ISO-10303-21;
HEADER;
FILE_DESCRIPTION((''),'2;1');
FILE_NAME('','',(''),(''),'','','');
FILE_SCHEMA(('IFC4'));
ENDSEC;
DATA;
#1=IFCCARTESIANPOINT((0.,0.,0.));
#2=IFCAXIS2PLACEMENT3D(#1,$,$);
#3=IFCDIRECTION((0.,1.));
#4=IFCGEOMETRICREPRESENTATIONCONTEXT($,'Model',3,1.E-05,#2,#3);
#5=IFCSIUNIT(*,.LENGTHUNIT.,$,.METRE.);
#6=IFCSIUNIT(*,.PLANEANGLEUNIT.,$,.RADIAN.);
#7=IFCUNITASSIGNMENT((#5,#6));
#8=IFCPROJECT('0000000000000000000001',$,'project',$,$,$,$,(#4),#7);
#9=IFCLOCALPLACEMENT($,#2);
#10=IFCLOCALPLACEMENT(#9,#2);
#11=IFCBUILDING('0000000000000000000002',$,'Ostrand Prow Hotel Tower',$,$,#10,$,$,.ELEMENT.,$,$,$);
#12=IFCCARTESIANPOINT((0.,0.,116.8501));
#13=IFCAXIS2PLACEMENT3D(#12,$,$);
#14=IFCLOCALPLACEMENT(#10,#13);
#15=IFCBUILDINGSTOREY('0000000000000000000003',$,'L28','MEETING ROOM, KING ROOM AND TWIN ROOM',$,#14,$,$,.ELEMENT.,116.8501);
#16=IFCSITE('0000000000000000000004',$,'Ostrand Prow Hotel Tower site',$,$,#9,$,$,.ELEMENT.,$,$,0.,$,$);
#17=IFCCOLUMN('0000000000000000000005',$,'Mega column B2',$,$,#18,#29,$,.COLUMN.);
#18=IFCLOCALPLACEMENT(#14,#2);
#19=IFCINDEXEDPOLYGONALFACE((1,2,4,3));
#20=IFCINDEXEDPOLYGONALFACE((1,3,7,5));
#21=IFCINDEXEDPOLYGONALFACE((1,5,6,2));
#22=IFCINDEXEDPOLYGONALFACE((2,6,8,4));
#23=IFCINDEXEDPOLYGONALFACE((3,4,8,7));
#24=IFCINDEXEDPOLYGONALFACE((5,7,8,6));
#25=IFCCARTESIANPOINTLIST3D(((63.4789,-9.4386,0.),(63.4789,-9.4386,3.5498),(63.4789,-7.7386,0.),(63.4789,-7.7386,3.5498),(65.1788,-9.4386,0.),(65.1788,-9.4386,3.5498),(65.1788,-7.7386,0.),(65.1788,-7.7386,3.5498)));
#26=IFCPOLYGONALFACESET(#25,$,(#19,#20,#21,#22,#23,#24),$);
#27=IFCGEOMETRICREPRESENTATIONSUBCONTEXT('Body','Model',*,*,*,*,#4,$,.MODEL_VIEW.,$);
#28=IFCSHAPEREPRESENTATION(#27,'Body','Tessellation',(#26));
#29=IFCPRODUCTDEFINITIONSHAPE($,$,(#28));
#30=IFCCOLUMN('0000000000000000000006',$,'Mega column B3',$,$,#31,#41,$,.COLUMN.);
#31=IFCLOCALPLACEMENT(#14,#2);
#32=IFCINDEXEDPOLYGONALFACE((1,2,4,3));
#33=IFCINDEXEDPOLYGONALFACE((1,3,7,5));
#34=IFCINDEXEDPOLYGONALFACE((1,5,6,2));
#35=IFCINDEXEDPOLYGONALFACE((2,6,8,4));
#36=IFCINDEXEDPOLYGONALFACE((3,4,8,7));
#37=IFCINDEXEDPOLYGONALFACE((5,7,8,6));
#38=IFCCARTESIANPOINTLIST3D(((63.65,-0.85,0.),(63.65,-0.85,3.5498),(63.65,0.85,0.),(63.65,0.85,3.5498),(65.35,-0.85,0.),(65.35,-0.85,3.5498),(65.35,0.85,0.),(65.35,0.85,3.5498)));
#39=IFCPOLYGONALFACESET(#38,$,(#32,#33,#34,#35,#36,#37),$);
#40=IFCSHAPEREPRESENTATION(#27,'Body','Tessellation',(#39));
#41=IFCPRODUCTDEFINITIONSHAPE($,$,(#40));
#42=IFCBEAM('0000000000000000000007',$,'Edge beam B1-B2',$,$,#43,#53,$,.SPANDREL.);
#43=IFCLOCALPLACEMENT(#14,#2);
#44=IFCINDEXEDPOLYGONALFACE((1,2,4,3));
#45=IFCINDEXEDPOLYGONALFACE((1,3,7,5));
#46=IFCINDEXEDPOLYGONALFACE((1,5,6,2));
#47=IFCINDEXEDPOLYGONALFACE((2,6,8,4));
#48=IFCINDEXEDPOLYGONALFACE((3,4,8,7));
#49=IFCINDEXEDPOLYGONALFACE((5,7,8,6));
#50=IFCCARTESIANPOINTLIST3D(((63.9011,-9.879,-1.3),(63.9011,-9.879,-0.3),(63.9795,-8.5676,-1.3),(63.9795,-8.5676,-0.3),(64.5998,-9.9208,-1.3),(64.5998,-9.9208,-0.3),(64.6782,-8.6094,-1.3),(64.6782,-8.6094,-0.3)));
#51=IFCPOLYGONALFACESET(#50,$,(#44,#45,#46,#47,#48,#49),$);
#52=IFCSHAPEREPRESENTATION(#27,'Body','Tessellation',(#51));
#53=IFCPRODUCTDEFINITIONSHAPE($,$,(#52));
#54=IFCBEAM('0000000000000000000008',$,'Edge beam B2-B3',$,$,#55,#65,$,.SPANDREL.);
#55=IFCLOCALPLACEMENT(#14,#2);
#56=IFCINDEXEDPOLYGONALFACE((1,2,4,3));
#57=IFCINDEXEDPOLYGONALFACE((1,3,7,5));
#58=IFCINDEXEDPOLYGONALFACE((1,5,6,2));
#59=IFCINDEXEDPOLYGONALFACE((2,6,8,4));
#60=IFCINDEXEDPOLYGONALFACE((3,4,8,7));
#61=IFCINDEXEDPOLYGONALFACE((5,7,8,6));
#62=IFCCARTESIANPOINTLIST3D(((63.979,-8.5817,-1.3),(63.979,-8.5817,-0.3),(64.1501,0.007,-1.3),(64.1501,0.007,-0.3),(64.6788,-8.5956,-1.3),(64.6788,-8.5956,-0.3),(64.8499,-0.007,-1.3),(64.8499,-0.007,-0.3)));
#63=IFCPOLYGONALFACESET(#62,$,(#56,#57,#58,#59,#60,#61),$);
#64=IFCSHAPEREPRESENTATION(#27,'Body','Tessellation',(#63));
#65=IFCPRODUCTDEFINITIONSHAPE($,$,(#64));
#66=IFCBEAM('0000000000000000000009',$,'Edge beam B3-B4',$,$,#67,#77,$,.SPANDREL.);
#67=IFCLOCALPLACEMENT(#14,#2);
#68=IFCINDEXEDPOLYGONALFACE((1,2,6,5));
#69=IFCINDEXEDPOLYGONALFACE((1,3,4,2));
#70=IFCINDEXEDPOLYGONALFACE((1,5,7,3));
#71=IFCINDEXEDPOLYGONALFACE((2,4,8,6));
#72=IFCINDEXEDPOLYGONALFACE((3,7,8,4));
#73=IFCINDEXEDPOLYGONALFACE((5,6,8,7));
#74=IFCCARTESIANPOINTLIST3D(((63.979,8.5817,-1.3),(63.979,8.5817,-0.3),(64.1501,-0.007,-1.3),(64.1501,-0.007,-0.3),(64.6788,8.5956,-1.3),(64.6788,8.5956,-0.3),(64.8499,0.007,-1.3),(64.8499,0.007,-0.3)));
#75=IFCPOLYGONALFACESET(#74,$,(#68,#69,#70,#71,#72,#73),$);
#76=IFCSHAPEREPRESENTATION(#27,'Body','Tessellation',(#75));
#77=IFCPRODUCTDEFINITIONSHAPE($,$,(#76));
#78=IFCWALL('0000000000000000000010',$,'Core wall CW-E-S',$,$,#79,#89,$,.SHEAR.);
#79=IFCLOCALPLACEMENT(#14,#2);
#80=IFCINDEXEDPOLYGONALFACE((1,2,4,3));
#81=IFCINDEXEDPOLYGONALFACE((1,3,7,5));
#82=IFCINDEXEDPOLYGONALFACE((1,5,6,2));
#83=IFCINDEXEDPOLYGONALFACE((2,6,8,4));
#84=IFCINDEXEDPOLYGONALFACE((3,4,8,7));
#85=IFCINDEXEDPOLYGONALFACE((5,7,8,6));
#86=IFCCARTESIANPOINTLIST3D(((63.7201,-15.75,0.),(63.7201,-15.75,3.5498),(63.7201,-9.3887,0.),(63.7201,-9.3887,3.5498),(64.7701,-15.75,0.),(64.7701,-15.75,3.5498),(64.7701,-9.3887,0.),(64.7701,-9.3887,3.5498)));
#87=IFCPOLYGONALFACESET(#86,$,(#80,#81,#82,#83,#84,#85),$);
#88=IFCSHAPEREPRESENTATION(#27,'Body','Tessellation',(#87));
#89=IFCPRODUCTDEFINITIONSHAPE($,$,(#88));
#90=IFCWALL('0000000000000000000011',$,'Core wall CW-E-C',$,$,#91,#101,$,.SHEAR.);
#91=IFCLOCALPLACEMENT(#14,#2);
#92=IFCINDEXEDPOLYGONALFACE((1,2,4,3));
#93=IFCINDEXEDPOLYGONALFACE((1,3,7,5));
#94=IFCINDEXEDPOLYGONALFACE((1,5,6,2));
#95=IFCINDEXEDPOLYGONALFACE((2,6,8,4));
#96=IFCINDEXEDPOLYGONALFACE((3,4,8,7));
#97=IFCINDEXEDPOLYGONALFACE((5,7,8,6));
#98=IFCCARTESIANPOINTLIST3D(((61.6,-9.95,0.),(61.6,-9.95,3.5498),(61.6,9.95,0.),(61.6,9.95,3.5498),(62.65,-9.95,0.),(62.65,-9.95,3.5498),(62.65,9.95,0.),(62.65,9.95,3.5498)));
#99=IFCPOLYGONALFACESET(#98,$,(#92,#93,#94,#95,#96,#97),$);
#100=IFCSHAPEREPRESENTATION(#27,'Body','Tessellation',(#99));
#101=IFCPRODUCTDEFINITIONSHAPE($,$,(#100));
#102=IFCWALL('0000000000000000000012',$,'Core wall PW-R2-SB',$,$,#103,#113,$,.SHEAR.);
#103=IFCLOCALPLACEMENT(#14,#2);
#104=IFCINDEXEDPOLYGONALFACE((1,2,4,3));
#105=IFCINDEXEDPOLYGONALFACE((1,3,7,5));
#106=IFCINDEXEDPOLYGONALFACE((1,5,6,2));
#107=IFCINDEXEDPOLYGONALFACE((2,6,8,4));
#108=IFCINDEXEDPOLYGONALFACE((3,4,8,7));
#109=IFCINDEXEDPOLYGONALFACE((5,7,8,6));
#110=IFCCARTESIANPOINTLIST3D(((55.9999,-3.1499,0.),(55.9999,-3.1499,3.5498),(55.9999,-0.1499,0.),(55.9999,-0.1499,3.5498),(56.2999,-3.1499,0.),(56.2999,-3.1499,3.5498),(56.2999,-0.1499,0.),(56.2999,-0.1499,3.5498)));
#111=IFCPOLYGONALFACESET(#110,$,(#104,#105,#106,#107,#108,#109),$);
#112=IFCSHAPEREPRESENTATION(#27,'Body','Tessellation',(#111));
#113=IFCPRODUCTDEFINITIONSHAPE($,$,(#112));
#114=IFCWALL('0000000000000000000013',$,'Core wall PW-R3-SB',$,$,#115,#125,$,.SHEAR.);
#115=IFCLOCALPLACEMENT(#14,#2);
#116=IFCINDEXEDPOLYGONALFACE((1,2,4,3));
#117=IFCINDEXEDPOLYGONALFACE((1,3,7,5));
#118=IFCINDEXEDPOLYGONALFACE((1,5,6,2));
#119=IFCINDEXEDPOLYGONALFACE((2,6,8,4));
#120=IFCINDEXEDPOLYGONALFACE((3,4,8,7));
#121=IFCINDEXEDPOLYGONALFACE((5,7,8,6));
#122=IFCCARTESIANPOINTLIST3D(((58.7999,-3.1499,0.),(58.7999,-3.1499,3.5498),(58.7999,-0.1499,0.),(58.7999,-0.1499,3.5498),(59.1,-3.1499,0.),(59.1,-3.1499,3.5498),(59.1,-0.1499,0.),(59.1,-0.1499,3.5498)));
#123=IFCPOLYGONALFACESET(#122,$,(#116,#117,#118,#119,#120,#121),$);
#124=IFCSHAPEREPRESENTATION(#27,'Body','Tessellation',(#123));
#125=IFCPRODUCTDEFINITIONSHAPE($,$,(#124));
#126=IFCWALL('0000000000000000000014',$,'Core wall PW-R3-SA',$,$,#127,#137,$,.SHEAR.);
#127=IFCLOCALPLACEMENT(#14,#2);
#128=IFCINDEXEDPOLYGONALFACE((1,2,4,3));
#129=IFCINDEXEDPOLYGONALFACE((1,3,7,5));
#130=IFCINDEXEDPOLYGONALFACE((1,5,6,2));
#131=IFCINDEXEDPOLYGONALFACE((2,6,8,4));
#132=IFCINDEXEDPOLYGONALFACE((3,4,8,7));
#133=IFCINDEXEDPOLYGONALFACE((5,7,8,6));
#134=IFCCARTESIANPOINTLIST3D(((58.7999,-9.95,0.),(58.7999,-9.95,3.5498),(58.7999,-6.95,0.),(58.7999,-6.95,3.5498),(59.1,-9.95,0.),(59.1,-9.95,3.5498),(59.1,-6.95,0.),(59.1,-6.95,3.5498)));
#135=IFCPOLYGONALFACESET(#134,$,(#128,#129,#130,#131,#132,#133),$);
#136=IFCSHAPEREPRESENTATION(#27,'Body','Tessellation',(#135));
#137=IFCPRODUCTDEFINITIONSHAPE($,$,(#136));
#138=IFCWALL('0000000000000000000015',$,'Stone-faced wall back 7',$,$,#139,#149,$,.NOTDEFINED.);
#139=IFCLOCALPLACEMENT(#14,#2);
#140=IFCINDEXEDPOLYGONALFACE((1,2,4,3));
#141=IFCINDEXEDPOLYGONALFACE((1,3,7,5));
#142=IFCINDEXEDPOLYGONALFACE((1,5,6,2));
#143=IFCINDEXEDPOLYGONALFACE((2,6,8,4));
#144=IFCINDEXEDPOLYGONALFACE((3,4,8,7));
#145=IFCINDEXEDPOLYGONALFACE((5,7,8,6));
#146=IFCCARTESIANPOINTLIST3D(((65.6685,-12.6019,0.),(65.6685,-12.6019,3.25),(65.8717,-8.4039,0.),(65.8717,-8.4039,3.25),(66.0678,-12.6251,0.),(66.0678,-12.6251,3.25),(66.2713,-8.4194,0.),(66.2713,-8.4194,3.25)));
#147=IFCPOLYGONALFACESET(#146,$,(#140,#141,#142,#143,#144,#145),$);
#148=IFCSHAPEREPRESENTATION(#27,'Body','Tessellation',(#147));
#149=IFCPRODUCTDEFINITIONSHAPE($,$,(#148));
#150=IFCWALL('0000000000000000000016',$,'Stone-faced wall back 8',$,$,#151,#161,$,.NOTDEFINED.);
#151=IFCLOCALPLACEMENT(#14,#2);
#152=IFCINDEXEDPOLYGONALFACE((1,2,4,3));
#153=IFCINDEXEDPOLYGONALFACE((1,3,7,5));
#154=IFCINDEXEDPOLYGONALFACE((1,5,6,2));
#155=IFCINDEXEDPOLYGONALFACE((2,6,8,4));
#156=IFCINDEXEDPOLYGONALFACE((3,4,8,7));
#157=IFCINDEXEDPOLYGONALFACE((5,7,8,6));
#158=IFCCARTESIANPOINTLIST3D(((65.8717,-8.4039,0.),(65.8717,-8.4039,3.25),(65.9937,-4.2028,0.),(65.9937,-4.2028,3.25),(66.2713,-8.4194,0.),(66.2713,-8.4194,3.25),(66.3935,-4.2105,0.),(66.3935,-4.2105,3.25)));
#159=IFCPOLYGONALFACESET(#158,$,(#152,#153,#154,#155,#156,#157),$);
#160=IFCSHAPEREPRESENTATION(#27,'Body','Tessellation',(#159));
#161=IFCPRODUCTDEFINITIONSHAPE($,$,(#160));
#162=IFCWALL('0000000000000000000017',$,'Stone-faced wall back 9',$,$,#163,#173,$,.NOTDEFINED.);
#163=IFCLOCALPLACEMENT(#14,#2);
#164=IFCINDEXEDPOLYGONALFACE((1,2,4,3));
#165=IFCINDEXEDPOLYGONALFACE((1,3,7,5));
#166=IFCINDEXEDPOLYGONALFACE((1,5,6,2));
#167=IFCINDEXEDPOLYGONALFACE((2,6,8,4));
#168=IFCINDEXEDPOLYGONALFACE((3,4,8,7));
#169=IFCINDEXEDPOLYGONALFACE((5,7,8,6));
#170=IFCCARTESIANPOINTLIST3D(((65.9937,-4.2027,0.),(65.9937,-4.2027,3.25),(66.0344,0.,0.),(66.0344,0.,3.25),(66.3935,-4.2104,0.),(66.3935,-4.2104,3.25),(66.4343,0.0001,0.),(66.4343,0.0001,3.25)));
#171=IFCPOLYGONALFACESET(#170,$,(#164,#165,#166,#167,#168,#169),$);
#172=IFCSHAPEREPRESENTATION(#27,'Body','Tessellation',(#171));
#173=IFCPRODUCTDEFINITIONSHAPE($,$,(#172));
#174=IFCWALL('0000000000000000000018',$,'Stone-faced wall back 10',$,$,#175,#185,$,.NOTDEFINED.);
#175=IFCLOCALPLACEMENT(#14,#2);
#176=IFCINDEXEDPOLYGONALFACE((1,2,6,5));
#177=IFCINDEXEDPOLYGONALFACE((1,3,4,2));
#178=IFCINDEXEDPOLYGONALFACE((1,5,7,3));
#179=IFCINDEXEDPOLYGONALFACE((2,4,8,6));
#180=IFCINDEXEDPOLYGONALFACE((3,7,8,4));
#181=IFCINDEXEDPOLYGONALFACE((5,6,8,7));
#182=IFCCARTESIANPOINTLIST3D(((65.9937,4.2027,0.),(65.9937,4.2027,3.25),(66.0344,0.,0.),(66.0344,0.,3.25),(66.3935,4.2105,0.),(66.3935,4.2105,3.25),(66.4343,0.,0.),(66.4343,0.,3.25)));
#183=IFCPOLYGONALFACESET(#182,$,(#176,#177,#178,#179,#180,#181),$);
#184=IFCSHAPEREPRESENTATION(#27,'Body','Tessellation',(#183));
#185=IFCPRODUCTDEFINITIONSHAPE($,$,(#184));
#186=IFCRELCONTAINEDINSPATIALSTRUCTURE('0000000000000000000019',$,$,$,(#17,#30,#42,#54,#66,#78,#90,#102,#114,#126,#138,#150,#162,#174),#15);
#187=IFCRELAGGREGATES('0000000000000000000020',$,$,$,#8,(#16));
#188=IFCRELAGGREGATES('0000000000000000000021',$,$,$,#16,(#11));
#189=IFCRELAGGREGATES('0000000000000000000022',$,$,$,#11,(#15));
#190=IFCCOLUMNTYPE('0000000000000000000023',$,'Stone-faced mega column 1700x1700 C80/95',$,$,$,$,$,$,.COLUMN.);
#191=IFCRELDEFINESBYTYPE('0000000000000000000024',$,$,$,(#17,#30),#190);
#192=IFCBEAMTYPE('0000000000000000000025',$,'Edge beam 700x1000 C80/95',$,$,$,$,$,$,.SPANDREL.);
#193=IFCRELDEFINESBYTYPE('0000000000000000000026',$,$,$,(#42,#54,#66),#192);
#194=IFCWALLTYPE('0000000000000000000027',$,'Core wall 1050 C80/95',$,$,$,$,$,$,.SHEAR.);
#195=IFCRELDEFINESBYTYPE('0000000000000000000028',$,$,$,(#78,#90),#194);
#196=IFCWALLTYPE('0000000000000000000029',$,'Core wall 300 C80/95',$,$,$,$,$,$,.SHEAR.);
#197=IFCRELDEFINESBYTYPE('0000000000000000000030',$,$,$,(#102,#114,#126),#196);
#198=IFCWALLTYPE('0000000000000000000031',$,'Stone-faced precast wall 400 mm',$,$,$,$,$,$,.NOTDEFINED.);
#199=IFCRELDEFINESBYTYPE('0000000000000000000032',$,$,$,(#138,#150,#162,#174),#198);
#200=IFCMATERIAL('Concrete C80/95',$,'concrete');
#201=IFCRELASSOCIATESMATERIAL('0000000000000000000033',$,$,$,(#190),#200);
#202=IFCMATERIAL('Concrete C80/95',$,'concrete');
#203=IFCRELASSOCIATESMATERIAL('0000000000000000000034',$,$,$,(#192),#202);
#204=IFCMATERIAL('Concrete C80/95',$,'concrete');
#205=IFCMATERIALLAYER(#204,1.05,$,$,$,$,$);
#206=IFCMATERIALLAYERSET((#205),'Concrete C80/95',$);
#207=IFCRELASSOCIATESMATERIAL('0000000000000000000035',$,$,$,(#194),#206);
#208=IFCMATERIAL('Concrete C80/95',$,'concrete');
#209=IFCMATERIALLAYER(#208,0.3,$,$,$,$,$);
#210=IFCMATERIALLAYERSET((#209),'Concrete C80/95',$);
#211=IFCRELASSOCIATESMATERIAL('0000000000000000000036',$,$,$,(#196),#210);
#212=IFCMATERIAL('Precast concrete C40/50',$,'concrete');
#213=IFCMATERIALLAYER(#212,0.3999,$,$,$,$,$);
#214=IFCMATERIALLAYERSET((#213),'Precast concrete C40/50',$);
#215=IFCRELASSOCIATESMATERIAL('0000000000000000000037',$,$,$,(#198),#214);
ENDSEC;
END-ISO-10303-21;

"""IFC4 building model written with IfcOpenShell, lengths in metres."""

from ifc_helpers import new_model, si_unit, direction, frame, frame_2d, origin, origin_2d, place, context, subcontext, project, spatial, polyline, rectangle, outline, extrude, material, layer, layer_set, material_profile, profile_set, type_object, element, save


model = new_model("IFC4")

# Units and contexts
model_context = context("Model", 3, precision=1e-05, world=origin(), true_north=direction((0.0, 1.0)))
body_context = subcontext(model_context, "Body", "Model", "MODEL_VIEW")
ifc_project = project(units=[si_unit("LENGTHUNIT", "METRE"), si_unit("PLANEANGLEUNIT", "RADIAN")], contexts=[model_context])

# Site, building, storey
site_placement = place(None, origin())
site = spatial("IfcSite", under=ifc_project, at=site_placement, Name="Ostrand Prow Hotel Tower site", CompositionType="ELEMENT", RefElevation=0.0)
building_placement = place(site_placement, origin())
building = spatial("IfcBuilding", under=site, at=building_placement, Name="Ostrand Prow Hotel Tower", CompositionType="ELEMENT")
storey_placement = place(building_placement, frame((0.0, 0.0, 116.8501)))
storey = spatial("IfcBuildingStorey", under=building, at=storey_placement, Name="L28", Description="MEETING ROOM, KING ROOM AND TWIN ROOM", CompositionType="ELEMENT", Elevation=116.8501)

# Columns
ifc_material_1 = material(Name="Concrete C80/95", Category="concrete")
ifc_material_profile_1 = material_profile(ifc_material_1, rectangle(XDim=1.7, YDim=1.7, at=origin_2d()), Name="RC 1700x1700")
ifc_profile_set_1 = profile_set([ifc_material_profile_1], Name="Concrete C80/95")
column_type = type_object("IfcColumnType", Name="Stone-faced mega column 1700x1700 C80/95", PredefinedType="COLUMN", material=ifc_profile_set_1)
for number, where, z_axis, x_axis, name in (
    (1, (64.3289, -8.5886, 0.0), (0.0, 0.0, 1.0), (1.0, 0.0, 0.0), "Mega column B2"),
    (2, (64.5, 0.0, 0.0), (0.0, 0.0, 1.0), (1.0, 0.0, 0.0), "Mega column B3"),
):
    element("IfcColumn", number, at=place(storey_placement, frame(where, z_axis=z_axis, x_axis=x_axis)), inside=storey, type_object=column_type, Name=name, PredefinedType="COLUMN", context=body_context, shape_type="SweptSolid", body=[
        extrude(rectangle(XDim=1.7, YDim=1.7, at=origin_2d()), origin(), (0.0, 0.0, 1.0), 3.5498),
    ])

# Beams
ifc_material_2 = material(Name="Concrete C80/95", Category="concrete")
ifc_material_profile_2 = material_profile(ifc_material_2, rectangle(XDim=0.7, YDim=1.0, at=origin_2d()), Name="RC 700x1000")
ifc_profile_set_2 = profile_set([ifc_material_profile_2], Name="Concrete C80/95")
beam_type = type_object("IfcBeamType", Name="Edge beam 700x1000 C80/95", PredefinedType="SPANDREL", material=ifc_profile_set_2)
beam_placement = place(storey_placement, frame((64.2505, -9.8999, -0.8), z_axis=(0.059659, 0.998219, 0.0), x_axis=(-0.998219, 0.059659, 0.0)))
element("IfcBeam", 3, at=beam_placement, inside=storey, type_object=beam_type, Name="Edge beam B1-B2", PredefinedType="SPANDREL", context=body_context, shape_type="SweptSolid", body=[
    extrude(rectangle(XDim=0.7, YDim=1.0, at=origin_2d()), origin(), (0.0, 0.0, 1.0), 1.3137),
])
for number, where, z_axis, x_axis, name in (
    (4, (64.3289, -8.5886, -0.8), (0.019923, 0.999802, 0.0), (-0.999802, 0.019923, 0.0), "Edge beam B2-B3"),
    (5, (64.5, 0.0, -0.8), (-0.019923, 0.999802, 0.0), (-0.999802, -0.019923, 0.0), "Edge beam B3-B4"),
):
    element("IfcBeam", number, at=place(storey_placement, frame(where, z_axis=z_axis, x_axis=x_axis)), inside=storey, type_object=beam_type, Name=name, PredefinedType="SPANDREL", context=body_context, shape_type="SweptSolid", body=[
        extrude(rectangle(XDim=0.7, YDim=1.0, at=origin_2d()), origin(), (0.0, 0.0, 1.0), 8.5903),
    ])

# Walls
ifc_material_3 = material(Name="Concrete C80/95", Category="concrete")
ifc_layer_1 = layer(ifc_material_3, 1.05)
ifc_layer_set_1 = layer_set([ifc_layer_1], Name="Concrete C80/95")
wall_type_1 = type_object("IfcWallType", Name="Core wall 1050 C80/95", PredefinedType="SHEAR", material=ifc_layer_set_1)
wall_1_placement = place(storey_placement, frame((64.2451, -15.75, 0.0), z_axis=(0.0, 0.0, 1.0), x_axis=(0.0, 1.0, 0.0)))
element("IfcWall", 6, at=wall_1_placement, inside=storey, type_object=wall_type_1, Name="Core wall CW-E-S", PredefinedType="SHEAR", context=body_context, shape_type="SweptSolid", body=[
    extrude(rectangle(XDim=6.3613, YDim=1.05, at=frame_2d((3.1807, 0.0))), origin(), (0.0, 0.0, 1.0), 3.5498),
])
wall_2_placement = place(storey_placement, frame((62.125, -9.95, 0.0), z_axis=(0.0, 0.0, 1.0), x_axis=(0.0, 1.0, 0.0)))
element("IfcWall", 7, at=wall_2_placement, inside=storey, type_object=wall_type_1, Name="Core wall CW-E-C", PredefinedType="SHEAR", context=body_context, shape_type="SweptSolid", body=[
    extrude(rectangle(XDim=19.8999, YDim=1.05, at=frame_2d((9.95, 0.0))), origin(), (0.0, 0.0, 1.0), 3.5498),
])
ifc_material_4 = material(Name="Concrete C80/95", Category="concrete")
ifc_layer_2 = layer(ifc_material_4, 0.3)
ifc_layer_set_2 = layer_set([ifc_layer_2], Name="Concrete C80/95")
wall_type_2 = type_object("IfcWallType", Name="Core wall 300 C80/95", PredefinedType="SHEAR", material=ifc_layer_set_2)
for number, where, z_axis, x_axis, name in (
    (8, (56.1499, -3.1499, 0.0), (0.0, 0.0, 1.0), (0.0, 1.0, 0.0), "Core wall PW-R2-SB"),
    (9, (58.95, -3.1499, 0.0), (0.0, 0.0, 1.0), (0.0, 1.0, 0.0), "Core wall PW-R3-SB"),
    (10, (58.95, -9.95, 0.0), (0.0, 0.0, 1.0), (0.0, 1.0, 0.0), "Core wall PW-R3-SA"),
):
    element("IfcWall", number, at=place(storey_placement, frame(where, z_axis=z_axis, x_axis=x_axis)), inside=storey, type_object=wall_type_2, Name=name, PredefinedType="SHEAR", context=body_context, shape_type="SweptSolid", body=[
        extrude(rectangle(XDim=3.0, YDim=0.3, at=frame_2d((1.5, 0.0))), origin(), (0.0, 0.0, 1.0), 3.5498),
    ])
ifc_material_5 = material(Name="Precast concrete C40/50", Category="concrete")
ifc_layer_3 = layer(ifc_material_5, 0.3999)
ifc_layer_set_3 = layer_set([ifc_layer_3], Name="Precast concrete C40/50")
wall_type_3 = type_object("IfcWallType", Name="Stone-faced precast wall 400 mm", PredefinedType="NOTDEFINED", material=ifc_layer_set_3)
for number, where, z_axis, x_axis, name in (
    (11, (65.8682, -12.6135, 0.0), (0.0, 0.0, 1.0), (0.048343, 0.998831, 0.0), "Stone-faced wall back 7"),
    (12, (66.0715, -8.4116, 0.0), (0.0, 0.0, 1.0), (0.029017, 0.999579, 0.0), "Stone-faced wall back 8"),
    (13, (66.1936, -4.2065, 0.0), (0.0, 0.0, 1.0), (0.009692, 0.999953, 0.0), "Stone-faced wall back 9"),
    (14, (66.2344, 0.0, 0.0), (0.0, 0.0, 1.0), (-0.009692, 0.999953, 0.0), "Stone-faced wall back 10"),
):
    element("IfcWall", number, at=place(storey_placement, frame(where, z_axis=z_axis, x_axis=x_axis)), inside=storey, type_object=wall_type_3, Name=name, PredefinedType="NOTDEFINED", context=body_context, shape_type="SweptSolid", body=[
        extrude(outline(polyline([(-0.002, -0.2), (4.2087, -0.2), (4.2048, 0.2), (0.002, 0.2), (-0.002, -0.2)])), origin(), (0.0, 0.0, 1.0), 3.25),
    ])

save(model, "model.ifc")
